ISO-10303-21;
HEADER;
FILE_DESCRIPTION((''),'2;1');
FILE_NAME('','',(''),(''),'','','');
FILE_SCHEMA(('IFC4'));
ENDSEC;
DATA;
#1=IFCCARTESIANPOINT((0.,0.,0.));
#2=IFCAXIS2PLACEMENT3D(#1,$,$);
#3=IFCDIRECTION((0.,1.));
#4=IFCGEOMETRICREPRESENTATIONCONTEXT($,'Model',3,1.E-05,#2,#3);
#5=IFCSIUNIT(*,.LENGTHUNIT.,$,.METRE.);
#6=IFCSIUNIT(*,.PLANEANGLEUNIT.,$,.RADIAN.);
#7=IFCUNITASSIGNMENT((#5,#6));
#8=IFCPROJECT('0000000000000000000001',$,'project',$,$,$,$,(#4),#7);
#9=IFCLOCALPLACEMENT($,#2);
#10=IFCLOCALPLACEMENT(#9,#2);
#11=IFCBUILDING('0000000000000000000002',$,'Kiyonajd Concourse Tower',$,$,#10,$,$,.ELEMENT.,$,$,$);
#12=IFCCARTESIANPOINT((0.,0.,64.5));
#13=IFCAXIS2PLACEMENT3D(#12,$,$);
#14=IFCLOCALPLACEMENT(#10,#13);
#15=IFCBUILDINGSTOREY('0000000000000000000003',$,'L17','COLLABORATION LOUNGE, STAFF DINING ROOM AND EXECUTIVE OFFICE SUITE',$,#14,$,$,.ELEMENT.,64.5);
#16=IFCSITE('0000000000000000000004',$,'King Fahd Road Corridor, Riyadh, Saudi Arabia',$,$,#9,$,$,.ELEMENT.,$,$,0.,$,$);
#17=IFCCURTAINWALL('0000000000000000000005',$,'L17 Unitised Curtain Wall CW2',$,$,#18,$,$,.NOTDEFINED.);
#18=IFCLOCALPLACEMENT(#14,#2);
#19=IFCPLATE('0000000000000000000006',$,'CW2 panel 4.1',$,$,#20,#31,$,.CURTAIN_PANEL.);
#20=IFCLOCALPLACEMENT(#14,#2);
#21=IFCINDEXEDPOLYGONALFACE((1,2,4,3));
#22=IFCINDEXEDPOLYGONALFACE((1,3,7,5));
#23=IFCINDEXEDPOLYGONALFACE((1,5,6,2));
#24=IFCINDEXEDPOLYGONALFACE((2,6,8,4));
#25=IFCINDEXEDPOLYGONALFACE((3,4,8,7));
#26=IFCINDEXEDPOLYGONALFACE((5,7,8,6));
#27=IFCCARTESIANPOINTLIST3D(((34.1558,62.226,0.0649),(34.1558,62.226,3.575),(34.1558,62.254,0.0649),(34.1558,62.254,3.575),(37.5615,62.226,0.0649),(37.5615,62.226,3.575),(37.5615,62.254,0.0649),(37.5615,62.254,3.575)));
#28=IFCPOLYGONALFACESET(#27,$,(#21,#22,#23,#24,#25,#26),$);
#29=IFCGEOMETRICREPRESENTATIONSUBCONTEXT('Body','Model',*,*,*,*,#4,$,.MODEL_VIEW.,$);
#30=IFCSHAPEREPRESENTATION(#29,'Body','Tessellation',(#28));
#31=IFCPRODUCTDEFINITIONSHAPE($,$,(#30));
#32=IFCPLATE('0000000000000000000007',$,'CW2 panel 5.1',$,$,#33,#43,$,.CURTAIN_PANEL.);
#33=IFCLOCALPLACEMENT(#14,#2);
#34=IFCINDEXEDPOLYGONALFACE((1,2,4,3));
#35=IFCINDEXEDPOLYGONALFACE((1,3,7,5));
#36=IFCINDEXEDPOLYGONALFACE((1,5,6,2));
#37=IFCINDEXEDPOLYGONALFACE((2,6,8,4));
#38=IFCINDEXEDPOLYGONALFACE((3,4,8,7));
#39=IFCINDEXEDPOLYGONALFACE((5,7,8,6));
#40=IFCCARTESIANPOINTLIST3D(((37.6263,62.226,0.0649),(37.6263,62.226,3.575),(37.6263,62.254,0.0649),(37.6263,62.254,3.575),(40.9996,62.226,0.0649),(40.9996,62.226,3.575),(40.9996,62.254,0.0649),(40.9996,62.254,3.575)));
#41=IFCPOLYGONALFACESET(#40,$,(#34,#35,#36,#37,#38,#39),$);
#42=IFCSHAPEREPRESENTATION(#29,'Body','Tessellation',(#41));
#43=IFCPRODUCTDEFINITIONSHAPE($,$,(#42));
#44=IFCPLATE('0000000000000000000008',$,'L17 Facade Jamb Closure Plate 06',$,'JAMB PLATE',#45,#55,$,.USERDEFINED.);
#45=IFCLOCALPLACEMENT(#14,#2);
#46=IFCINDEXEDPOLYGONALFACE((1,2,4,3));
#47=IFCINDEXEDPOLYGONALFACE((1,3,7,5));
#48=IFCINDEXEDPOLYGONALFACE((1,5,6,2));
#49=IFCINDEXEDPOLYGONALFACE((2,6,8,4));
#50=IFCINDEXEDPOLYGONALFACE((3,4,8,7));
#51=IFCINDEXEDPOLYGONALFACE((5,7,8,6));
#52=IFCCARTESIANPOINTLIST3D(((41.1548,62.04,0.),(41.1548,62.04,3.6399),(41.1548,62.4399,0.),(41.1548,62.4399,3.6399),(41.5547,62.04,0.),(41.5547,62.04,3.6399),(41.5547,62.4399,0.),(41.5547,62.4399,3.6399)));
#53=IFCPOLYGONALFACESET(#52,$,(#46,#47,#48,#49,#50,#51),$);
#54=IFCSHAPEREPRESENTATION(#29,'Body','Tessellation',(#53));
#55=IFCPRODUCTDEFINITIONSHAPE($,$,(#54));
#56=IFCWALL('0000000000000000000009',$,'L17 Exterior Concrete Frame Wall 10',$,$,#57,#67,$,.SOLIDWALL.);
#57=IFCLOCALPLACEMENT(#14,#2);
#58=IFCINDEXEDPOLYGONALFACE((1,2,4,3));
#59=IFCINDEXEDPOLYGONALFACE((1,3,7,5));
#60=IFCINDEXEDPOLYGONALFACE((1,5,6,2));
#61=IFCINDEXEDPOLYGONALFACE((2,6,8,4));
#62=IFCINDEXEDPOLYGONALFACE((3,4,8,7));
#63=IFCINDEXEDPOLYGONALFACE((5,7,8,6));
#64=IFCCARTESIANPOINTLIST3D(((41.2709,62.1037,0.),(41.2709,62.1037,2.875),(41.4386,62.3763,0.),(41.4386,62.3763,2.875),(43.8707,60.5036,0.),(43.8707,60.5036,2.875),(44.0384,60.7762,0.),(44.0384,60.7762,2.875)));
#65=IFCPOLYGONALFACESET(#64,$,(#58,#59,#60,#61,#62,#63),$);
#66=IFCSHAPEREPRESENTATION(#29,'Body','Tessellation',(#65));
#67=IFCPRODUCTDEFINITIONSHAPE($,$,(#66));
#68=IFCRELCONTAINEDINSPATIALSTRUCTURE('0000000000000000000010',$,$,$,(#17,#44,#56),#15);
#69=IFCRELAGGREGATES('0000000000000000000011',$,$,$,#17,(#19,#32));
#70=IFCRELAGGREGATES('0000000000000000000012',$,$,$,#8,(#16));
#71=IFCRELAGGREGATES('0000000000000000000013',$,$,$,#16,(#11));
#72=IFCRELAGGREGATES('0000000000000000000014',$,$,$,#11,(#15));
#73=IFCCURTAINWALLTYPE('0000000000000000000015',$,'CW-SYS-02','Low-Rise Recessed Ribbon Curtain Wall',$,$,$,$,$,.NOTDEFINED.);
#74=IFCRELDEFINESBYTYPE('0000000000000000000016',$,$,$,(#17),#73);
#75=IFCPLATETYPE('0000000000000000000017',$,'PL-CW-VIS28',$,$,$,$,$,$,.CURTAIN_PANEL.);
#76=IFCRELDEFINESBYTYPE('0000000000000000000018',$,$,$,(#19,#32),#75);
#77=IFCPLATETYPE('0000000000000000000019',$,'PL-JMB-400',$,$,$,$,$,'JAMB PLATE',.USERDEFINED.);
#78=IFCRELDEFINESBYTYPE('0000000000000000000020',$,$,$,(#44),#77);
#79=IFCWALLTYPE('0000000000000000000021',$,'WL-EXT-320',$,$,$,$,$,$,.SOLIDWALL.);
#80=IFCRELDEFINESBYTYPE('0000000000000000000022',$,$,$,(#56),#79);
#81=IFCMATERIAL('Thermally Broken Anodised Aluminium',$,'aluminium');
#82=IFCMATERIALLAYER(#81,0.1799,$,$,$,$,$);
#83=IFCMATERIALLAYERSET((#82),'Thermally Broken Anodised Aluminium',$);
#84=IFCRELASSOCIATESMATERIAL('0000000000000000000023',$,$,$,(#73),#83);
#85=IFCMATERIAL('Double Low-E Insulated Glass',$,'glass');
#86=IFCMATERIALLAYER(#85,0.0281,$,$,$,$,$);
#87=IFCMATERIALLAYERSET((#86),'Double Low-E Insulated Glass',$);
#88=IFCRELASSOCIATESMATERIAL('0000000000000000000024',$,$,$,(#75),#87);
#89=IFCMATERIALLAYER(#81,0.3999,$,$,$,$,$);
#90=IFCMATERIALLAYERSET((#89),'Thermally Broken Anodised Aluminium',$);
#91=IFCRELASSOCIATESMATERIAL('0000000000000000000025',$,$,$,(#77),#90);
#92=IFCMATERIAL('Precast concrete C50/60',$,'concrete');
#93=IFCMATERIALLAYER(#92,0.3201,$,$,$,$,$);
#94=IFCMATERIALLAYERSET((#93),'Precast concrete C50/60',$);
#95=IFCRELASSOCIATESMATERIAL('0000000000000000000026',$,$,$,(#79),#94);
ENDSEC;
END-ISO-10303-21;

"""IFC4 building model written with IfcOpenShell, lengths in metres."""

from ifc_helpers import new_model, si_unit, direction, frame, frame_2d, origin, origin_2d, place, context, subcontext, project, spatial, rectangle, extrude, material, layer, layer_set, type_object, element, aggregate, save


model = new_model("IFC4")

# Units and contexts
model_context = context("Model", 3, precision=1e-05, world=origin(), true_north=direction((0.0, 1.0)))
body_context = subcontext(model_context, "Body", "Model", "MODEL_VIEW")
ifc_project = project(units=[si_unit("LENGTHUNIT", "METRE"), si_unit("PLANEANGLEUNIT", "RADIAN")], contexts=[model_context])

# Site, building, storey
site_placement = place(None, origin())
site = spatial("IfcSite", under=ifc_project, at=site_placement, Name="King Fahd Road Corridor, Riyadh, Saudi Arabia", CompositionType="ELEMENT", RefElevation=0.0)
building_placement = place(site_placement, origin())
building = spatial("IfcBuilding", under=site, at=building_placement, Name="Kiyonajd Concourse Tower", CompositionType="ELEMENT")
storey_placement = place(building_placement, frame((0.0, 0.0, 64.5)))
storey = spatial("IfcBuildingStorey", under=building, at=storey_placement, Name="L17", Description="COLLABORATION LOUNGE, STAFF DINING ROOM AND EXECUTIVE OFFICE SUITE", CompositionType="ELEMENT", Elevation=64.5)

# Shared definitions
ifc_material_1 = material(Name="Precast concrete C50/60", Category="concrete")

# Curtain wall, plates
ifc_material_2 = material(Name="Thermally Broken Anodised Aluminium", Category="aluminium")
ifc_layer_1 = layer(ifc_material_2, 0.1799)
ifc_layer_set_1 = layer_set([ifc_layer_1], Name="Thermally Broken Anodised Aluminium")
curtain_wall_type = type_object("IfcCurtainWallType", Name="CW-SYS-02", Description="Low-Rise Recessed Ribbon Curtain Wall", PredefinedType="NOTDEFINED", material=ifc_layer_set_1)
curtain_wall_placement = place(storey_placement, origin())
curtain_wall = element("IfcCurtainWall", 1, at=curtain_wall_placement, inside=storey, type_object=curtain_wall_type, Name="L17 Unitised Curtain Wall CW2", PredefinedType="NOTDEFINED")
ifc_material_3 = material(Name="Double Low-E Insulated Glass", Category="glass")
ifc_layer_2 = layer(ifc_material_3, 0.0281)
ifc_layer_set_2 = layer_set([ifc_layer_2], Name="Double Low-E Insulated Glass")
plate_type_1 = type_object("IfcPlateType", Name="PL-CW-VIS28", PredefinedType="CURTAIN_PANEL", material=ifc_layer_set_2)
plate_1_placement = place(storey_placement, frame((35.8586, 62.24, 0.0649), z_axis=(0.0, 0.0, 1.0), x_axis=(1.0, 0.0, 0.0)))
plate_1 = element("IfcPlate", 2, at=plate_1_placement, type_object=plate_type_1, Name="CW2 panel 4.1", PredefinedType="CURTAIN_PANEL", context=body_context, shape_type="SweptSolid", body=[
    extrude(rectangle(XDim=3.4058, YDim=0.0281, at=origin_2d()), origin(), (0.0, 0.0, 1.0), 3.51),
])
plate_2_placement = place(storey_placement, frame((39.313, 62.24, 0.0649), z_axis=(0.0, 0.0, 1.0), x_axis=(1.0, 0.0, 0.0)))
plate_2 = element("IfcPlate", 3, at=plate_2_placement, type_object=plate_type_1, Name="CW2 panel 5.1", PredefinedType="CURTAIN_PANEL", context=body_context, shape_type="SweptSolid", body=[
    extrude(rectangle(XDim=3.3733, YDim=0.0281, at=origin_2d()), origin(), (0.0, 0.0, 1.0), 3.51),
])
aggregate(curtain_wall, [plate_1, plate_2])

# Plate
ifc_layer_3 = layer(ifc_material_2, 0.3999)
ifc_layer_set_3 = layer_set([ifc_layer_3], Name="Thermally Broken Anodised Aluminium")
plate_type_2 = type_object("IfcPlateType", Name="PL-JMB-400", ElementType="JAMB PLATE", PredefinedType="USERDEFINED", material=ifc_layer_set_3)
plate_3_placement = place(storey_placement, frame((41.3547, 62.24, 0.0), z_axis=(0.0, 0.0, 1.0), x_axis=(1.0, 0.0, 0.0)))
element("IfcPlate", 4, at=plate_3_placement, inside=storey, type_object=plate_type_2, Name="L17 Facade Jamb Closure Plate 06", ObjectType="JAMB PLATE", PredefinedType="USERDEFINED", context=body_context, shape_type="SweptSolid", body=[
    extrude(rectangle(XDim=0.3999, YDim=0.3999, at=origin_2d()), origin(), (0.0, 0.0, 1.0), 3.6399),
])

# Wall
ifc_layer_4 = layer(ifc_material_1, 0.3201)
ifc_layer_set_4 = layer_set([ifc_layer_4], Name="Precast concrete C50/60")
wall_type = type_object("IfcWallType", Name="WL-EXT-320", PredefinedType="SOLIDWALL", material=ifc_layer_set_4)
wall_placement = place(storey_placement, frame((41.3547, 62.24, 0.0), z_axis=(0.0, 0.0, 1.0), x_axis=(0.851631, -0.524142, 0.0)))
element("IfcWall", 5, at=wall_placement, inside=storey, type_object=wall_type, Name="L17 Exterior Concrete Frame Wall 10", PredefinedType="SOLIDWALL", context=body_context, shape_type="SweptSolid", body=[
    extrude(rectangle(XDim=3.0527, YDim=0.3201, at=frame_2d((1.5264, 0.0))), origin(), (0.0, 0.0, 1.0), 2.875),
])

save(model, "model.ifc")
